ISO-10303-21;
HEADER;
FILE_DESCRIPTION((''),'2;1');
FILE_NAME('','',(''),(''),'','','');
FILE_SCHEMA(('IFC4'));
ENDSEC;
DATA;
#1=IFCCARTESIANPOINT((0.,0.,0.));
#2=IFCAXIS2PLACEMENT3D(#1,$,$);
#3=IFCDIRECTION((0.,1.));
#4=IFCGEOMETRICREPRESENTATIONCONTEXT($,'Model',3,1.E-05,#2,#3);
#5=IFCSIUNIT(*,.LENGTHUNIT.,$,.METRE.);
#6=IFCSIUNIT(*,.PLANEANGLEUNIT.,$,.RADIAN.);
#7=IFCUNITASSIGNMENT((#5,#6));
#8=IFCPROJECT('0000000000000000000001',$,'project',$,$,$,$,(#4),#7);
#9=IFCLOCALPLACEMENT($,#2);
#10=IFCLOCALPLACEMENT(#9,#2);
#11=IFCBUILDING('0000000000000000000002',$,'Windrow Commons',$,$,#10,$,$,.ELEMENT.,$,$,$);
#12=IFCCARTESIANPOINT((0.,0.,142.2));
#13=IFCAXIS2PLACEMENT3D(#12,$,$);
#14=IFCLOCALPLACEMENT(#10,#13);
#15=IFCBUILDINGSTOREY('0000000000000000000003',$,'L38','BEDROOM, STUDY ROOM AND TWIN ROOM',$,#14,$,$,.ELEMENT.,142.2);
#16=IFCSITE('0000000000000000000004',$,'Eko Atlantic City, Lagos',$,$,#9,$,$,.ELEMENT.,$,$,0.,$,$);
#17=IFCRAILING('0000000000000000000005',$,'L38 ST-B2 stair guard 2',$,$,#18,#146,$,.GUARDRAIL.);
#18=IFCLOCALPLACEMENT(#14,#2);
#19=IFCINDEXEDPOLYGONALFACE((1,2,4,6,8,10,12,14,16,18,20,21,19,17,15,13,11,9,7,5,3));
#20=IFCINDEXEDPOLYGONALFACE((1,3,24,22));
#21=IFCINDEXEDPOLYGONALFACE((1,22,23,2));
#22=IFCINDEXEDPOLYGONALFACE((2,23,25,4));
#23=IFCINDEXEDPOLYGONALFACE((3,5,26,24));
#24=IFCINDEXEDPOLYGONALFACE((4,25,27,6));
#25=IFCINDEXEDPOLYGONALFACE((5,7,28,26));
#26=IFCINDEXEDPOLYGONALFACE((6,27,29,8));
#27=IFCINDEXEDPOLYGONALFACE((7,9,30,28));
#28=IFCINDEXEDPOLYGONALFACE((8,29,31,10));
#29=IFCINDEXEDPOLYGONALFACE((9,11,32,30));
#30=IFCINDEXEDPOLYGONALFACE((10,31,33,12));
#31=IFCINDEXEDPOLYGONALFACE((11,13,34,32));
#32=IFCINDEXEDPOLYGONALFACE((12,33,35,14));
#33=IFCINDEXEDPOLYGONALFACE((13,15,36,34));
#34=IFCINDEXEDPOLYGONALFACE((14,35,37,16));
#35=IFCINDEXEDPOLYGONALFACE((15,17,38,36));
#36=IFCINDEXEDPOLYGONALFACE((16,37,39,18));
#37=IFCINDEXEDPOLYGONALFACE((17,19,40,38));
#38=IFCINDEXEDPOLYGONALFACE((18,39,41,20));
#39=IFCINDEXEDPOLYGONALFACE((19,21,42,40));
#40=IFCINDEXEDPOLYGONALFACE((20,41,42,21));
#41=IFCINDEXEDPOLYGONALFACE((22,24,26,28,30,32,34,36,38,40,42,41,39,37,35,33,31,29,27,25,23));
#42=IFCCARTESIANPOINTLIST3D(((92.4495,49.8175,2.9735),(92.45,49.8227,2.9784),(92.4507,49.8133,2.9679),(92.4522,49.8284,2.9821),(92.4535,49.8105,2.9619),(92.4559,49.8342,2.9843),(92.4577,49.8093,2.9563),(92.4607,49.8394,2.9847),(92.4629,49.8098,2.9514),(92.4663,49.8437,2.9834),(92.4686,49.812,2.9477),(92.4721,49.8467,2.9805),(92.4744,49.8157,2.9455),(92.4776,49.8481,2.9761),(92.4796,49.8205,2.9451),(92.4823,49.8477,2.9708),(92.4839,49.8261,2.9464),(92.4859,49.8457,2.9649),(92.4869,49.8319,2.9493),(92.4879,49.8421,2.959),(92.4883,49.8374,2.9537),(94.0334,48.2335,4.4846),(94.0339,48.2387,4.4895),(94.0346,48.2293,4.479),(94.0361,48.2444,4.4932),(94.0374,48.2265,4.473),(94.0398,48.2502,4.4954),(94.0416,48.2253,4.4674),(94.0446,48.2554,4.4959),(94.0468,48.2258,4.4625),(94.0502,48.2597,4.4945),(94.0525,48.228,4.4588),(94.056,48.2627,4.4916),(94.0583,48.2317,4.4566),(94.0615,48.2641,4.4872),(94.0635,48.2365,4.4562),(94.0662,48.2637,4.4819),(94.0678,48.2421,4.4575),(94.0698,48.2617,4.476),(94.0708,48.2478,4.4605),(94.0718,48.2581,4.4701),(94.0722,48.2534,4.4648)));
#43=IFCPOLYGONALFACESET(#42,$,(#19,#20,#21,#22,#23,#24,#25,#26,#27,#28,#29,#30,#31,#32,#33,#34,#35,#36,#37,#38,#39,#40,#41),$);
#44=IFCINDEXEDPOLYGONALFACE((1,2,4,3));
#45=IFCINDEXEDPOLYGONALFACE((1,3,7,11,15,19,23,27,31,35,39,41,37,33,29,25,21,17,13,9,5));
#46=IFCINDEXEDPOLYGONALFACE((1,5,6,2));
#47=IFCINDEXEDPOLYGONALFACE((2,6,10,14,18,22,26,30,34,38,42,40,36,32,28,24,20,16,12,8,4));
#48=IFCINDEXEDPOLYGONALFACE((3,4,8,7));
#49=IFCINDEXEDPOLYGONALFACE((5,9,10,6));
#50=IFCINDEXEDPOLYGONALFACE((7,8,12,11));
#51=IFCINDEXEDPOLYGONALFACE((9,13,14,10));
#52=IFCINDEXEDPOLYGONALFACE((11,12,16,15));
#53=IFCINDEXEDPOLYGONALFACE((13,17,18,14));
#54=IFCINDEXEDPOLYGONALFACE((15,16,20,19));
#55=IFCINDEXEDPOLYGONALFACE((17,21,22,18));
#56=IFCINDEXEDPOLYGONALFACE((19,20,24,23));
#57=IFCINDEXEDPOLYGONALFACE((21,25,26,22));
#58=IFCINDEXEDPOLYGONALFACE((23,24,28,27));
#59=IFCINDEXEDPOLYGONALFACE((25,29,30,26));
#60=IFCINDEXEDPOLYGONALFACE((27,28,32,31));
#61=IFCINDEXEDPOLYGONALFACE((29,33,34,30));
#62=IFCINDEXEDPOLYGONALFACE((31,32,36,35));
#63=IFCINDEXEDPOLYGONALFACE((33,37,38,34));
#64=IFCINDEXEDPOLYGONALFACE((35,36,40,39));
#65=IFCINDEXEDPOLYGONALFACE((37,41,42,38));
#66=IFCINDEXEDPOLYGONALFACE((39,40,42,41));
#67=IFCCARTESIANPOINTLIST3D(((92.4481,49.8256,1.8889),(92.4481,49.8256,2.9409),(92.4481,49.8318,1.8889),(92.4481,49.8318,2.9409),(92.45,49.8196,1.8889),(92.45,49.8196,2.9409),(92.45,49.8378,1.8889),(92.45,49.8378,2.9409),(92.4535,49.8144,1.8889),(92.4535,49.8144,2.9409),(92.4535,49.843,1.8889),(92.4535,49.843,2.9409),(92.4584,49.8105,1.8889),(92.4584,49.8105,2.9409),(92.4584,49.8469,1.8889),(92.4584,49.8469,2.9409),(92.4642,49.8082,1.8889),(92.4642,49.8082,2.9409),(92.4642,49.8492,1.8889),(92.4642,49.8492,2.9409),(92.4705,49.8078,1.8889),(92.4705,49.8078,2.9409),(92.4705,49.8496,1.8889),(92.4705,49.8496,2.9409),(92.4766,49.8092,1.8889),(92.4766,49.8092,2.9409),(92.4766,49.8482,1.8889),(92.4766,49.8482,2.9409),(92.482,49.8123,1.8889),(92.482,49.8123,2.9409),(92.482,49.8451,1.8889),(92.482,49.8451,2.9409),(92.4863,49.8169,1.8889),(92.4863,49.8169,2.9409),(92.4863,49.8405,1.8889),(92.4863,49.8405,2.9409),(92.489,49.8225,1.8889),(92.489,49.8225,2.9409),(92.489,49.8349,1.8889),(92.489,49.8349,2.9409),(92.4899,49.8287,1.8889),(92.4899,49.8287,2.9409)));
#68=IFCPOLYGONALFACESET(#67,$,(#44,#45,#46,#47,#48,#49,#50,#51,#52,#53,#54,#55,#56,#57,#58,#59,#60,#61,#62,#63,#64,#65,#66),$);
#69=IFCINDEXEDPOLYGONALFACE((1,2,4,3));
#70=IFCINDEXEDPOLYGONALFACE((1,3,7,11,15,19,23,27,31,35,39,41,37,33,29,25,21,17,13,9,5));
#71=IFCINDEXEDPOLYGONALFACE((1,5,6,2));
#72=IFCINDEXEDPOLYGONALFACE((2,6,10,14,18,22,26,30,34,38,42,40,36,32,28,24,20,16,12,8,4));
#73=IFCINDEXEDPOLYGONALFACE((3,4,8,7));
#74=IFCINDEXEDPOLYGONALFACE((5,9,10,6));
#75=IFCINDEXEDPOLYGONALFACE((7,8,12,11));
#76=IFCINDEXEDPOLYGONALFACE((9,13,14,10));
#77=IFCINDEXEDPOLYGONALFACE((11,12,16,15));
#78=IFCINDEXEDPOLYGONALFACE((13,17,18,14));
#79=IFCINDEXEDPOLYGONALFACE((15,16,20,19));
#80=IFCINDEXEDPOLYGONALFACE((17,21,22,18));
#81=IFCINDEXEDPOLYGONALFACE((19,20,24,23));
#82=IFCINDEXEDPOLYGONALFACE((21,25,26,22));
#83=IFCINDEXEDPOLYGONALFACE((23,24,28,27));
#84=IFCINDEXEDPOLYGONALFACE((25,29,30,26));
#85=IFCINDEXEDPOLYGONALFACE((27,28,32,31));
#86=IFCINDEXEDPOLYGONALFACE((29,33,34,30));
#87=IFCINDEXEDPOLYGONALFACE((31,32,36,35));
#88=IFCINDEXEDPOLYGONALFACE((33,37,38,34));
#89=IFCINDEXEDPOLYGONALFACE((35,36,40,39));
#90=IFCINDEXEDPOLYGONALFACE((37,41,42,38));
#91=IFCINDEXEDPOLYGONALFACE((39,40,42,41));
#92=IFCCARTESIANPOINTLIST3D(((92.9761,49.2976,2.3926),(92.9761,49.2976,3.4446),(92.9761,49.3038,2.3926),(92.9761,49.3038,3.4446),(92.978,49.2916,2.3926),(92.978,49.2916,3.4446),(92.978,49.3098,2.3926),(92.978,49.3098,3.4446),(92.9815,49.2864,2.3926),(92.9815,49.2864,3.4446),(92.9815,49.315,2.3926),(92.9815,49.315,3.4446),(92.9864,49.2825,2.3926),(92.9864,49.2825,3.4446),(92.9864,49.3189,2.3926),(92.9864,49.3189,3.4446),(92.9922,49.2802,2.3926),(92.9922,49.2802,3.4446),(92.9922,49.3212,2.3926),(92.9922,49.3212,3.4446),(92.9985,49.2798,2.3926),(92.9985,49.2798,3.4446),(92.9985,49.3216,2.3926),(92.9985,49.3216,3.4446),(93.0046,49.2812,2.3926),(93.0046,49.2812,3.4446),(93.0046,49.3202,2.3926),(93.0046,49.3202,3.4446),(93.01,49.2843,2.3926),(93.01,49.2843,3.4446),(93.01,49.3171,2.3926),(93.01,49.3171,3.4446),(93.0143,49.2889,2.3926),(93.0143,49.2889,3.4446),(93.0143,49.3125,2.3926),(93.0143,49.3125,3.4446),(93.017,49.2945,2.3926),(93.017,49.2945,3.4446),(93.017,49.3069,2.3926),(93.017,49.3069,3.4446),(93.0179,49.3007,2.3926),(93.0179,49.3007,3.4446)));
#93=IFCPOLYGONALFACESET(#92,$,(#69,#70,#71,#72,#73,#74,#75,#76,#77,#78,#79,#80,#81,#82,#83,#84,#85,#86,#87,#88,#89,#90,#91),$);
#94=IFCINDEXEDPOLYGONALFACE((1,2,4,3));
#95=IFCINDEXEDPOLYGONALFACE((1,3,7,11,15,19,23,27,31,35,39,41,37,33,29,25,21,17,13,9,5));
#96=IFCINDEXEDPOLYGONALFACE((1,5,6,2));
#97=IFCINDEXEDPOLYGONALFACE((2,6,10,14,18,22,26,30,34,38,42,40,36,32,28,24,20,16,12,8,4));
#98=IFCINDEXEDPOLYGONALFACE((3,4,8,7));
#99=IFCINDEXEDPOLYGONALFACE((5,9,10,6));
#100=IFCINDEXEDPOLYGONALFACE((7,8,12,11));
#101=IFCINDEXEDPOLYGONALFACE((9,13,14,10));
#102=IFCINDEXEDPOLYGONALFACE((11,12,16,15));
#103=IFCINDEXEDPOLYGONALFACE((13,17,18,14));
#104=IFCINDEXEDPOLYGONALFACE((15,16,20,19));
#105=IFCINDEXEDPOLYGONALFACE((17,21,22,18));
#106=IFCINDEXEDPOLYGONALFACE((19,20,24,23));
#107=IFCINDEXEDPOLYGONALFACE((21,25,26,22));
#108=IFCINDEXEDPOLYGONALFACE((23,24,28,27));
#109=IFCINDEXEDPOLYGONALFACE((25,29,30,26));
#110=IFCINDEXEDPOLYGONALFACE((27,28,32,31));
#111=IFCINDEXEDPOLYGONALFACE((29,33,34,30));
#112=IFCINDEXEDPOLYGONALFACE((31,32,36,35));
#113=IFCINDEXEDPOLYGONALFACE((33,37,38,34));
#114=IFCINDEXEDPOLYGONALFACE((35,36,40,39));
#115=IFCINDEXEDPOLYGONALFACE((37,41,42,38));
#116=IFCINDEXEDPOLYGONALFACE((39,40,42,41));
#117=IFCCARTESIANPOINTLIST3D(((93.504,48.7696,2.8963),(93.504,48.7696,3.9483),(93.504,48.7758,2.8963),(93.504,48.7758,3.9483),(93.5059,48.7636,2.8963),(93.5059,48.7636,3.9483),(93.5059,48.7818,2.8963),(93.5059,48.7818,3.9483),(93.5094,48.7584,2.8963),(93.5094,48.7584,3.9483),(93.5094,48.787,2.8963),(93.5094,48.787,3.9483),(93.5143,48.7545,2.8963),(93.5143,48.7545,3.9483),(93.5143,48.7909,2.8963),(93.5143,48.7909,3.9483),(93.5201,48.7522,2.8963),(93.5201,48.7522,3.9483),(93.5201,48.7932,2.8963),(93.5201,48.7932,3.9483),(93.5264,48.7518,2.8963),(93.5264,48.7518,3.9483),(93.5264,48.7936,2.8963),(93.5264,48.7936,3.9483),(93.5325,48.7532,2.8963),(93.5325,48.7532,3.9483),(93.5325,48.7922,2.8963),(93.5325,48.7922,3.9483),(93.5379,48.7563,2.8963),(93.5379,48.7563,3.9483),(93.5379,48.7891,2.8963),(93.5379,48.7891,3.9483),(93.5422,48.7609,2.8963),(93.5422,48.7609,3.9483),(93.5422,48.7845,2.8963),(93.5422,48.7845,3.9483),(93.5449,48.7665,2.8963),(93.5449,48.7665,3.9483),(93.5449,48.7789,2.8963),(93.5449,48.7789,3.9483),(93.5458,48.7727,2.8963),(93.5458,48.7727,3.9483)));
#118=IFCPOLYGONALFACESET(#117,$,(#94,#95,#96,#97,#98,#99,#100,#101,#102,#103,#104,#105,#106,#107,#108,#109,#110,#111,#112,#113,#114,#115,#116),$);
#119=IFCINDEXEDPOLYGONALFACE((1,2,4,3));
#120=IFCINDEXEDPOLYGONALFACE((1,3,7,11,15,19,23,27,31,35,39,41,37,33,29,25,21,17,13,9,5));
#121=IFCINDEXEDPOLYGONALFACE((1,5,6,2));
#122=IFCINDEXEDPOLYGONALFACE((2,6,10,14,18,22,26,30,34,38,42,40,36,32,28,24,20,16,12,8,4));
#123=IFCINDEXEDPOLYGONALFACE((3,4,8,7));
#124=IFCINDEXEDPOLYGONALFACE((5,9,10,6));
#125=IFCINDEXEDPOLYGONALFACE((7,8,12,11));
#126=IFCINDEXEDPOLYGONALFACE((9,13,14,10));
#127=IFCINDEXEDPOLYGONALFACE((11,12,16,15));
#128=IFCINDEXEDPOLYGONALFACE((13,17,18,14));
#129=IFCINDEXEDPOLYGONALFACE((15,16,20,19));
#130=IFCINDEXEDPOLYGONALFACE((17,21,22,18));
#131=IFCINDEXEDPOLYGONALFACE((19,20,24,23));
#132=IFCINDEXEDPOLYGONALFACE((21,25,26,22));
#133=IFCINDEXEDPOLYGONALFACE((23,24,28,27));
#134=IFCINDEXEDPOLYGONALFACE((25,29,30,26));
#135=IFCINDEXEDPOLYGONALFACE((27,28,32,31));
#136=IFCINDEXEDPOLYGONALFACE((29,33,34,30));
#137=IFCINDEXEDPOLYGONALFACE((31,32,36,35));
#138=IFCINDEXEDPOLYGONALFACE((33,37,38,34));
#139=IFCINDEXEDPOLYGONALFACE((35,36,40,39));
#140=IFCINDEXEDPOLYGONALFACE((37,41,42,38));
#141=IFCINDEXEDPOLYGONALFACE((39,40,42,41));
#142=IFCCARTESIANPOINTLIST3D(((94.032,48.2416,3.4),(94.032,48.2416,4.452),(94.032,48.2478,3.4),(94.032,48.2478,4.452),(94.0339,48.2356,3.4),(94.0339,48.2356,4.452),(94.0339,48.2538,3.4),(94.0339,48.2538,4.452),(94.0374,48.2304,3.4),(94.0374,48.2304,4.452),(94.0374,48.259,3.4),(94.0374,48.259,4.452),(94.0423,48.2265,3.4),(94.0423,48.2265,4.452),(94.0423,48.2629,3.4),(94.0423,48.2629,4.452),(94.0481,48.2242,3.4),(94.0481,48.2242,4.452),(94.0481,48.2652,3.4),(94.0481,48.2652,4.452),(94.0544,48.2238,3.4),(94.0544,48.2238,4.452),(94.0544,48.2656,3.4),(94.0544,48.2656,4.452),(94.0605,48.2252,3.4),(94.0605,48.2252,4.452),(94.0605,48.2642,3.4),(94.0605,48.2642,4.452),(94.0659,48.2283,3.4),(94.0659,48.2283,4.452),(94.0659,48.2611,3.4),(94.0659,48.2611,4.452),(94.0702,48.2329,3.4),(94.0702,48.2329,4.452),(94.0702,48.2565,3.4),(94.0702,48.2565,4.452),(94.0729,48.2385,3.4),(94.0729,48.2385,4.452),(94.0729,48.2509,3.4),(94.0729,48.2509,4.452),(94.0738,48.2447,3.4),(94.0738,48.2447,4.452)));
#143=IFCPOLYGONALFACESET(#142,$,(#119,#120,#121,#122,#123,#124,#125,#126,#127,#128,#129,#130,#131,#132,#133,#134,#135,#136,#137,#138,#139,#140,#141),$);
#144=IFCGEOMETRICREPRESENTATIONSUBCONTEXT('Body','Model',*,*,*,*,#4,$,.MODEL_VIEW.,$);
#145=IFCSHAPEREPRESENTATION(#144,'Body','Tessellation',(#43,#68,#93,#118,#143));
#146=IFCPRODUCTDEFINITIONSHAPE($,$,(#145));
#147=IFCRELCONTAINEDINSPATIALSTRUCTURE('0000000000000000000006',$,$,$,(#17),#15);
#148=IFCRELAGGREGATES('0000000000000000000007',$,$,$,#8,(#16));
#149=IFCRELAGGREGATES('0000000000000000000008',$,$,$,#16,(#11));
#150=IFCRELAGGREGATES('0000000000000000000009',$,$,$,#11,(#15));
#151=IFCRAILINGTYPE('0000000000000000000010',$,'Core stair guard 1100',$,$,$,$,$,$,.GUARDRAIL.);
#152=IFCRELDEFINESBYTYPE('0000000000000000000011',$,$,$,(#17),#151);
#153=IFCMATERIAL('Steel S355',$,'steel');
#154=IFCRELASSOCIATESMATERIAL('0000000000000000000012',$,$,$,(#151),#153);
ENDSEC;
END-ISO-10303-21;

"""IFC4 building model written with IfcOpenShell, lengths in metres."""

from ifc_helpers import new_model, si_unit, direction, frame, origin, origin_2d, place, context, subcontext, project, spatial, circle, extrude, material, type_object, element, save


model = new_model("IFC4")

# Units and contexts
model_context = context("Model", 3, precision=1e-05, world=origin(), true_north=direction((0.0, 1.0)))
body_context = subcontext(model_context, "Body", "Model", "MODEL_VIEW")
ifc_project = project(units=[si_unit("LENGTHUNIT", "METRE"), si_unit("PLANEANGLEUNIT", "RADIAN")], contexts=[model_context])

# Site, building, storey
site_placement = place(None, origin())
site = spatial("IfcSite", under=ifc_project, at=site_placement, Name="Eko Atlantic City, Lagos", CompositionType="ELEMENT", RefElevation=0.0)
building_placement = place(site_placement, origin())
building = spatial("IfcBuilding", under=site, at=building_placement, Name="Windrow Commons", CompositionType="ELEMENT")
storey_placement = place(building_placement, frame((0.0, 0.0, 142.2)))
storey = spatial("IfcBuildingStorey", under=building, at=storey_placement, Name="L38", Description="BEDROOM, STUDY ROOM AND TWIN ROOM", CompositionType="ELEMENT", Elevation=142.2)

# Railing
ifc_material_1 = material(Name="Steel S355", Category="steel")
railing_type_1 = type_object("IfcRailingType", Name="Core stair guard 1100", PredefinedType="GUARDRAIL", material=ifc_material_1)
railing_1_placement = place(storey_placement, frame((92.4689, 49.8287, 1.8889)))
element("IfcRailing", 1, at=railing_1_placement, inside=storey, type_object=railing_type_1, Name="L38 ST-B2 stair guard 2", PredefinedType="GUARDRAIL", context=body_context, shape_type="SweptSolid", body=[
    extrude(circle(Radius=0.024, at=origin_2d()), frame((0.0, 0.0, 1.076), z_axis=(0.586179, -0.586216, 0.559237), x_axis=(0.707129, 0.707084, 0.0)), (0.0, 0.0, 1.0), 2.7021),
    extrude(circle(Radius=0.021, at=origin_2d()), origin(), (0.0, 0.0, 1.0), 1.052),
    extrude(circle(Radius=0.021, at=origin_2d()), frame((0.528, -0.528, 0.5037)), (0.0, 0.0, 1.0), 1.052),
    extrude(circle(Radius=0.021, at=origin_2d()), frame((1.0559, -1.056, 1.0074)), (0.0, 0.0, 1.0), 1.052),
    extrude(circle(Radius=0.021, at=origin_2d()), frame((1.5839, -1.584, 1.5111)), (0.0, 0.0, 1.0), 1.052),
])

save(model, "model.ifc")
